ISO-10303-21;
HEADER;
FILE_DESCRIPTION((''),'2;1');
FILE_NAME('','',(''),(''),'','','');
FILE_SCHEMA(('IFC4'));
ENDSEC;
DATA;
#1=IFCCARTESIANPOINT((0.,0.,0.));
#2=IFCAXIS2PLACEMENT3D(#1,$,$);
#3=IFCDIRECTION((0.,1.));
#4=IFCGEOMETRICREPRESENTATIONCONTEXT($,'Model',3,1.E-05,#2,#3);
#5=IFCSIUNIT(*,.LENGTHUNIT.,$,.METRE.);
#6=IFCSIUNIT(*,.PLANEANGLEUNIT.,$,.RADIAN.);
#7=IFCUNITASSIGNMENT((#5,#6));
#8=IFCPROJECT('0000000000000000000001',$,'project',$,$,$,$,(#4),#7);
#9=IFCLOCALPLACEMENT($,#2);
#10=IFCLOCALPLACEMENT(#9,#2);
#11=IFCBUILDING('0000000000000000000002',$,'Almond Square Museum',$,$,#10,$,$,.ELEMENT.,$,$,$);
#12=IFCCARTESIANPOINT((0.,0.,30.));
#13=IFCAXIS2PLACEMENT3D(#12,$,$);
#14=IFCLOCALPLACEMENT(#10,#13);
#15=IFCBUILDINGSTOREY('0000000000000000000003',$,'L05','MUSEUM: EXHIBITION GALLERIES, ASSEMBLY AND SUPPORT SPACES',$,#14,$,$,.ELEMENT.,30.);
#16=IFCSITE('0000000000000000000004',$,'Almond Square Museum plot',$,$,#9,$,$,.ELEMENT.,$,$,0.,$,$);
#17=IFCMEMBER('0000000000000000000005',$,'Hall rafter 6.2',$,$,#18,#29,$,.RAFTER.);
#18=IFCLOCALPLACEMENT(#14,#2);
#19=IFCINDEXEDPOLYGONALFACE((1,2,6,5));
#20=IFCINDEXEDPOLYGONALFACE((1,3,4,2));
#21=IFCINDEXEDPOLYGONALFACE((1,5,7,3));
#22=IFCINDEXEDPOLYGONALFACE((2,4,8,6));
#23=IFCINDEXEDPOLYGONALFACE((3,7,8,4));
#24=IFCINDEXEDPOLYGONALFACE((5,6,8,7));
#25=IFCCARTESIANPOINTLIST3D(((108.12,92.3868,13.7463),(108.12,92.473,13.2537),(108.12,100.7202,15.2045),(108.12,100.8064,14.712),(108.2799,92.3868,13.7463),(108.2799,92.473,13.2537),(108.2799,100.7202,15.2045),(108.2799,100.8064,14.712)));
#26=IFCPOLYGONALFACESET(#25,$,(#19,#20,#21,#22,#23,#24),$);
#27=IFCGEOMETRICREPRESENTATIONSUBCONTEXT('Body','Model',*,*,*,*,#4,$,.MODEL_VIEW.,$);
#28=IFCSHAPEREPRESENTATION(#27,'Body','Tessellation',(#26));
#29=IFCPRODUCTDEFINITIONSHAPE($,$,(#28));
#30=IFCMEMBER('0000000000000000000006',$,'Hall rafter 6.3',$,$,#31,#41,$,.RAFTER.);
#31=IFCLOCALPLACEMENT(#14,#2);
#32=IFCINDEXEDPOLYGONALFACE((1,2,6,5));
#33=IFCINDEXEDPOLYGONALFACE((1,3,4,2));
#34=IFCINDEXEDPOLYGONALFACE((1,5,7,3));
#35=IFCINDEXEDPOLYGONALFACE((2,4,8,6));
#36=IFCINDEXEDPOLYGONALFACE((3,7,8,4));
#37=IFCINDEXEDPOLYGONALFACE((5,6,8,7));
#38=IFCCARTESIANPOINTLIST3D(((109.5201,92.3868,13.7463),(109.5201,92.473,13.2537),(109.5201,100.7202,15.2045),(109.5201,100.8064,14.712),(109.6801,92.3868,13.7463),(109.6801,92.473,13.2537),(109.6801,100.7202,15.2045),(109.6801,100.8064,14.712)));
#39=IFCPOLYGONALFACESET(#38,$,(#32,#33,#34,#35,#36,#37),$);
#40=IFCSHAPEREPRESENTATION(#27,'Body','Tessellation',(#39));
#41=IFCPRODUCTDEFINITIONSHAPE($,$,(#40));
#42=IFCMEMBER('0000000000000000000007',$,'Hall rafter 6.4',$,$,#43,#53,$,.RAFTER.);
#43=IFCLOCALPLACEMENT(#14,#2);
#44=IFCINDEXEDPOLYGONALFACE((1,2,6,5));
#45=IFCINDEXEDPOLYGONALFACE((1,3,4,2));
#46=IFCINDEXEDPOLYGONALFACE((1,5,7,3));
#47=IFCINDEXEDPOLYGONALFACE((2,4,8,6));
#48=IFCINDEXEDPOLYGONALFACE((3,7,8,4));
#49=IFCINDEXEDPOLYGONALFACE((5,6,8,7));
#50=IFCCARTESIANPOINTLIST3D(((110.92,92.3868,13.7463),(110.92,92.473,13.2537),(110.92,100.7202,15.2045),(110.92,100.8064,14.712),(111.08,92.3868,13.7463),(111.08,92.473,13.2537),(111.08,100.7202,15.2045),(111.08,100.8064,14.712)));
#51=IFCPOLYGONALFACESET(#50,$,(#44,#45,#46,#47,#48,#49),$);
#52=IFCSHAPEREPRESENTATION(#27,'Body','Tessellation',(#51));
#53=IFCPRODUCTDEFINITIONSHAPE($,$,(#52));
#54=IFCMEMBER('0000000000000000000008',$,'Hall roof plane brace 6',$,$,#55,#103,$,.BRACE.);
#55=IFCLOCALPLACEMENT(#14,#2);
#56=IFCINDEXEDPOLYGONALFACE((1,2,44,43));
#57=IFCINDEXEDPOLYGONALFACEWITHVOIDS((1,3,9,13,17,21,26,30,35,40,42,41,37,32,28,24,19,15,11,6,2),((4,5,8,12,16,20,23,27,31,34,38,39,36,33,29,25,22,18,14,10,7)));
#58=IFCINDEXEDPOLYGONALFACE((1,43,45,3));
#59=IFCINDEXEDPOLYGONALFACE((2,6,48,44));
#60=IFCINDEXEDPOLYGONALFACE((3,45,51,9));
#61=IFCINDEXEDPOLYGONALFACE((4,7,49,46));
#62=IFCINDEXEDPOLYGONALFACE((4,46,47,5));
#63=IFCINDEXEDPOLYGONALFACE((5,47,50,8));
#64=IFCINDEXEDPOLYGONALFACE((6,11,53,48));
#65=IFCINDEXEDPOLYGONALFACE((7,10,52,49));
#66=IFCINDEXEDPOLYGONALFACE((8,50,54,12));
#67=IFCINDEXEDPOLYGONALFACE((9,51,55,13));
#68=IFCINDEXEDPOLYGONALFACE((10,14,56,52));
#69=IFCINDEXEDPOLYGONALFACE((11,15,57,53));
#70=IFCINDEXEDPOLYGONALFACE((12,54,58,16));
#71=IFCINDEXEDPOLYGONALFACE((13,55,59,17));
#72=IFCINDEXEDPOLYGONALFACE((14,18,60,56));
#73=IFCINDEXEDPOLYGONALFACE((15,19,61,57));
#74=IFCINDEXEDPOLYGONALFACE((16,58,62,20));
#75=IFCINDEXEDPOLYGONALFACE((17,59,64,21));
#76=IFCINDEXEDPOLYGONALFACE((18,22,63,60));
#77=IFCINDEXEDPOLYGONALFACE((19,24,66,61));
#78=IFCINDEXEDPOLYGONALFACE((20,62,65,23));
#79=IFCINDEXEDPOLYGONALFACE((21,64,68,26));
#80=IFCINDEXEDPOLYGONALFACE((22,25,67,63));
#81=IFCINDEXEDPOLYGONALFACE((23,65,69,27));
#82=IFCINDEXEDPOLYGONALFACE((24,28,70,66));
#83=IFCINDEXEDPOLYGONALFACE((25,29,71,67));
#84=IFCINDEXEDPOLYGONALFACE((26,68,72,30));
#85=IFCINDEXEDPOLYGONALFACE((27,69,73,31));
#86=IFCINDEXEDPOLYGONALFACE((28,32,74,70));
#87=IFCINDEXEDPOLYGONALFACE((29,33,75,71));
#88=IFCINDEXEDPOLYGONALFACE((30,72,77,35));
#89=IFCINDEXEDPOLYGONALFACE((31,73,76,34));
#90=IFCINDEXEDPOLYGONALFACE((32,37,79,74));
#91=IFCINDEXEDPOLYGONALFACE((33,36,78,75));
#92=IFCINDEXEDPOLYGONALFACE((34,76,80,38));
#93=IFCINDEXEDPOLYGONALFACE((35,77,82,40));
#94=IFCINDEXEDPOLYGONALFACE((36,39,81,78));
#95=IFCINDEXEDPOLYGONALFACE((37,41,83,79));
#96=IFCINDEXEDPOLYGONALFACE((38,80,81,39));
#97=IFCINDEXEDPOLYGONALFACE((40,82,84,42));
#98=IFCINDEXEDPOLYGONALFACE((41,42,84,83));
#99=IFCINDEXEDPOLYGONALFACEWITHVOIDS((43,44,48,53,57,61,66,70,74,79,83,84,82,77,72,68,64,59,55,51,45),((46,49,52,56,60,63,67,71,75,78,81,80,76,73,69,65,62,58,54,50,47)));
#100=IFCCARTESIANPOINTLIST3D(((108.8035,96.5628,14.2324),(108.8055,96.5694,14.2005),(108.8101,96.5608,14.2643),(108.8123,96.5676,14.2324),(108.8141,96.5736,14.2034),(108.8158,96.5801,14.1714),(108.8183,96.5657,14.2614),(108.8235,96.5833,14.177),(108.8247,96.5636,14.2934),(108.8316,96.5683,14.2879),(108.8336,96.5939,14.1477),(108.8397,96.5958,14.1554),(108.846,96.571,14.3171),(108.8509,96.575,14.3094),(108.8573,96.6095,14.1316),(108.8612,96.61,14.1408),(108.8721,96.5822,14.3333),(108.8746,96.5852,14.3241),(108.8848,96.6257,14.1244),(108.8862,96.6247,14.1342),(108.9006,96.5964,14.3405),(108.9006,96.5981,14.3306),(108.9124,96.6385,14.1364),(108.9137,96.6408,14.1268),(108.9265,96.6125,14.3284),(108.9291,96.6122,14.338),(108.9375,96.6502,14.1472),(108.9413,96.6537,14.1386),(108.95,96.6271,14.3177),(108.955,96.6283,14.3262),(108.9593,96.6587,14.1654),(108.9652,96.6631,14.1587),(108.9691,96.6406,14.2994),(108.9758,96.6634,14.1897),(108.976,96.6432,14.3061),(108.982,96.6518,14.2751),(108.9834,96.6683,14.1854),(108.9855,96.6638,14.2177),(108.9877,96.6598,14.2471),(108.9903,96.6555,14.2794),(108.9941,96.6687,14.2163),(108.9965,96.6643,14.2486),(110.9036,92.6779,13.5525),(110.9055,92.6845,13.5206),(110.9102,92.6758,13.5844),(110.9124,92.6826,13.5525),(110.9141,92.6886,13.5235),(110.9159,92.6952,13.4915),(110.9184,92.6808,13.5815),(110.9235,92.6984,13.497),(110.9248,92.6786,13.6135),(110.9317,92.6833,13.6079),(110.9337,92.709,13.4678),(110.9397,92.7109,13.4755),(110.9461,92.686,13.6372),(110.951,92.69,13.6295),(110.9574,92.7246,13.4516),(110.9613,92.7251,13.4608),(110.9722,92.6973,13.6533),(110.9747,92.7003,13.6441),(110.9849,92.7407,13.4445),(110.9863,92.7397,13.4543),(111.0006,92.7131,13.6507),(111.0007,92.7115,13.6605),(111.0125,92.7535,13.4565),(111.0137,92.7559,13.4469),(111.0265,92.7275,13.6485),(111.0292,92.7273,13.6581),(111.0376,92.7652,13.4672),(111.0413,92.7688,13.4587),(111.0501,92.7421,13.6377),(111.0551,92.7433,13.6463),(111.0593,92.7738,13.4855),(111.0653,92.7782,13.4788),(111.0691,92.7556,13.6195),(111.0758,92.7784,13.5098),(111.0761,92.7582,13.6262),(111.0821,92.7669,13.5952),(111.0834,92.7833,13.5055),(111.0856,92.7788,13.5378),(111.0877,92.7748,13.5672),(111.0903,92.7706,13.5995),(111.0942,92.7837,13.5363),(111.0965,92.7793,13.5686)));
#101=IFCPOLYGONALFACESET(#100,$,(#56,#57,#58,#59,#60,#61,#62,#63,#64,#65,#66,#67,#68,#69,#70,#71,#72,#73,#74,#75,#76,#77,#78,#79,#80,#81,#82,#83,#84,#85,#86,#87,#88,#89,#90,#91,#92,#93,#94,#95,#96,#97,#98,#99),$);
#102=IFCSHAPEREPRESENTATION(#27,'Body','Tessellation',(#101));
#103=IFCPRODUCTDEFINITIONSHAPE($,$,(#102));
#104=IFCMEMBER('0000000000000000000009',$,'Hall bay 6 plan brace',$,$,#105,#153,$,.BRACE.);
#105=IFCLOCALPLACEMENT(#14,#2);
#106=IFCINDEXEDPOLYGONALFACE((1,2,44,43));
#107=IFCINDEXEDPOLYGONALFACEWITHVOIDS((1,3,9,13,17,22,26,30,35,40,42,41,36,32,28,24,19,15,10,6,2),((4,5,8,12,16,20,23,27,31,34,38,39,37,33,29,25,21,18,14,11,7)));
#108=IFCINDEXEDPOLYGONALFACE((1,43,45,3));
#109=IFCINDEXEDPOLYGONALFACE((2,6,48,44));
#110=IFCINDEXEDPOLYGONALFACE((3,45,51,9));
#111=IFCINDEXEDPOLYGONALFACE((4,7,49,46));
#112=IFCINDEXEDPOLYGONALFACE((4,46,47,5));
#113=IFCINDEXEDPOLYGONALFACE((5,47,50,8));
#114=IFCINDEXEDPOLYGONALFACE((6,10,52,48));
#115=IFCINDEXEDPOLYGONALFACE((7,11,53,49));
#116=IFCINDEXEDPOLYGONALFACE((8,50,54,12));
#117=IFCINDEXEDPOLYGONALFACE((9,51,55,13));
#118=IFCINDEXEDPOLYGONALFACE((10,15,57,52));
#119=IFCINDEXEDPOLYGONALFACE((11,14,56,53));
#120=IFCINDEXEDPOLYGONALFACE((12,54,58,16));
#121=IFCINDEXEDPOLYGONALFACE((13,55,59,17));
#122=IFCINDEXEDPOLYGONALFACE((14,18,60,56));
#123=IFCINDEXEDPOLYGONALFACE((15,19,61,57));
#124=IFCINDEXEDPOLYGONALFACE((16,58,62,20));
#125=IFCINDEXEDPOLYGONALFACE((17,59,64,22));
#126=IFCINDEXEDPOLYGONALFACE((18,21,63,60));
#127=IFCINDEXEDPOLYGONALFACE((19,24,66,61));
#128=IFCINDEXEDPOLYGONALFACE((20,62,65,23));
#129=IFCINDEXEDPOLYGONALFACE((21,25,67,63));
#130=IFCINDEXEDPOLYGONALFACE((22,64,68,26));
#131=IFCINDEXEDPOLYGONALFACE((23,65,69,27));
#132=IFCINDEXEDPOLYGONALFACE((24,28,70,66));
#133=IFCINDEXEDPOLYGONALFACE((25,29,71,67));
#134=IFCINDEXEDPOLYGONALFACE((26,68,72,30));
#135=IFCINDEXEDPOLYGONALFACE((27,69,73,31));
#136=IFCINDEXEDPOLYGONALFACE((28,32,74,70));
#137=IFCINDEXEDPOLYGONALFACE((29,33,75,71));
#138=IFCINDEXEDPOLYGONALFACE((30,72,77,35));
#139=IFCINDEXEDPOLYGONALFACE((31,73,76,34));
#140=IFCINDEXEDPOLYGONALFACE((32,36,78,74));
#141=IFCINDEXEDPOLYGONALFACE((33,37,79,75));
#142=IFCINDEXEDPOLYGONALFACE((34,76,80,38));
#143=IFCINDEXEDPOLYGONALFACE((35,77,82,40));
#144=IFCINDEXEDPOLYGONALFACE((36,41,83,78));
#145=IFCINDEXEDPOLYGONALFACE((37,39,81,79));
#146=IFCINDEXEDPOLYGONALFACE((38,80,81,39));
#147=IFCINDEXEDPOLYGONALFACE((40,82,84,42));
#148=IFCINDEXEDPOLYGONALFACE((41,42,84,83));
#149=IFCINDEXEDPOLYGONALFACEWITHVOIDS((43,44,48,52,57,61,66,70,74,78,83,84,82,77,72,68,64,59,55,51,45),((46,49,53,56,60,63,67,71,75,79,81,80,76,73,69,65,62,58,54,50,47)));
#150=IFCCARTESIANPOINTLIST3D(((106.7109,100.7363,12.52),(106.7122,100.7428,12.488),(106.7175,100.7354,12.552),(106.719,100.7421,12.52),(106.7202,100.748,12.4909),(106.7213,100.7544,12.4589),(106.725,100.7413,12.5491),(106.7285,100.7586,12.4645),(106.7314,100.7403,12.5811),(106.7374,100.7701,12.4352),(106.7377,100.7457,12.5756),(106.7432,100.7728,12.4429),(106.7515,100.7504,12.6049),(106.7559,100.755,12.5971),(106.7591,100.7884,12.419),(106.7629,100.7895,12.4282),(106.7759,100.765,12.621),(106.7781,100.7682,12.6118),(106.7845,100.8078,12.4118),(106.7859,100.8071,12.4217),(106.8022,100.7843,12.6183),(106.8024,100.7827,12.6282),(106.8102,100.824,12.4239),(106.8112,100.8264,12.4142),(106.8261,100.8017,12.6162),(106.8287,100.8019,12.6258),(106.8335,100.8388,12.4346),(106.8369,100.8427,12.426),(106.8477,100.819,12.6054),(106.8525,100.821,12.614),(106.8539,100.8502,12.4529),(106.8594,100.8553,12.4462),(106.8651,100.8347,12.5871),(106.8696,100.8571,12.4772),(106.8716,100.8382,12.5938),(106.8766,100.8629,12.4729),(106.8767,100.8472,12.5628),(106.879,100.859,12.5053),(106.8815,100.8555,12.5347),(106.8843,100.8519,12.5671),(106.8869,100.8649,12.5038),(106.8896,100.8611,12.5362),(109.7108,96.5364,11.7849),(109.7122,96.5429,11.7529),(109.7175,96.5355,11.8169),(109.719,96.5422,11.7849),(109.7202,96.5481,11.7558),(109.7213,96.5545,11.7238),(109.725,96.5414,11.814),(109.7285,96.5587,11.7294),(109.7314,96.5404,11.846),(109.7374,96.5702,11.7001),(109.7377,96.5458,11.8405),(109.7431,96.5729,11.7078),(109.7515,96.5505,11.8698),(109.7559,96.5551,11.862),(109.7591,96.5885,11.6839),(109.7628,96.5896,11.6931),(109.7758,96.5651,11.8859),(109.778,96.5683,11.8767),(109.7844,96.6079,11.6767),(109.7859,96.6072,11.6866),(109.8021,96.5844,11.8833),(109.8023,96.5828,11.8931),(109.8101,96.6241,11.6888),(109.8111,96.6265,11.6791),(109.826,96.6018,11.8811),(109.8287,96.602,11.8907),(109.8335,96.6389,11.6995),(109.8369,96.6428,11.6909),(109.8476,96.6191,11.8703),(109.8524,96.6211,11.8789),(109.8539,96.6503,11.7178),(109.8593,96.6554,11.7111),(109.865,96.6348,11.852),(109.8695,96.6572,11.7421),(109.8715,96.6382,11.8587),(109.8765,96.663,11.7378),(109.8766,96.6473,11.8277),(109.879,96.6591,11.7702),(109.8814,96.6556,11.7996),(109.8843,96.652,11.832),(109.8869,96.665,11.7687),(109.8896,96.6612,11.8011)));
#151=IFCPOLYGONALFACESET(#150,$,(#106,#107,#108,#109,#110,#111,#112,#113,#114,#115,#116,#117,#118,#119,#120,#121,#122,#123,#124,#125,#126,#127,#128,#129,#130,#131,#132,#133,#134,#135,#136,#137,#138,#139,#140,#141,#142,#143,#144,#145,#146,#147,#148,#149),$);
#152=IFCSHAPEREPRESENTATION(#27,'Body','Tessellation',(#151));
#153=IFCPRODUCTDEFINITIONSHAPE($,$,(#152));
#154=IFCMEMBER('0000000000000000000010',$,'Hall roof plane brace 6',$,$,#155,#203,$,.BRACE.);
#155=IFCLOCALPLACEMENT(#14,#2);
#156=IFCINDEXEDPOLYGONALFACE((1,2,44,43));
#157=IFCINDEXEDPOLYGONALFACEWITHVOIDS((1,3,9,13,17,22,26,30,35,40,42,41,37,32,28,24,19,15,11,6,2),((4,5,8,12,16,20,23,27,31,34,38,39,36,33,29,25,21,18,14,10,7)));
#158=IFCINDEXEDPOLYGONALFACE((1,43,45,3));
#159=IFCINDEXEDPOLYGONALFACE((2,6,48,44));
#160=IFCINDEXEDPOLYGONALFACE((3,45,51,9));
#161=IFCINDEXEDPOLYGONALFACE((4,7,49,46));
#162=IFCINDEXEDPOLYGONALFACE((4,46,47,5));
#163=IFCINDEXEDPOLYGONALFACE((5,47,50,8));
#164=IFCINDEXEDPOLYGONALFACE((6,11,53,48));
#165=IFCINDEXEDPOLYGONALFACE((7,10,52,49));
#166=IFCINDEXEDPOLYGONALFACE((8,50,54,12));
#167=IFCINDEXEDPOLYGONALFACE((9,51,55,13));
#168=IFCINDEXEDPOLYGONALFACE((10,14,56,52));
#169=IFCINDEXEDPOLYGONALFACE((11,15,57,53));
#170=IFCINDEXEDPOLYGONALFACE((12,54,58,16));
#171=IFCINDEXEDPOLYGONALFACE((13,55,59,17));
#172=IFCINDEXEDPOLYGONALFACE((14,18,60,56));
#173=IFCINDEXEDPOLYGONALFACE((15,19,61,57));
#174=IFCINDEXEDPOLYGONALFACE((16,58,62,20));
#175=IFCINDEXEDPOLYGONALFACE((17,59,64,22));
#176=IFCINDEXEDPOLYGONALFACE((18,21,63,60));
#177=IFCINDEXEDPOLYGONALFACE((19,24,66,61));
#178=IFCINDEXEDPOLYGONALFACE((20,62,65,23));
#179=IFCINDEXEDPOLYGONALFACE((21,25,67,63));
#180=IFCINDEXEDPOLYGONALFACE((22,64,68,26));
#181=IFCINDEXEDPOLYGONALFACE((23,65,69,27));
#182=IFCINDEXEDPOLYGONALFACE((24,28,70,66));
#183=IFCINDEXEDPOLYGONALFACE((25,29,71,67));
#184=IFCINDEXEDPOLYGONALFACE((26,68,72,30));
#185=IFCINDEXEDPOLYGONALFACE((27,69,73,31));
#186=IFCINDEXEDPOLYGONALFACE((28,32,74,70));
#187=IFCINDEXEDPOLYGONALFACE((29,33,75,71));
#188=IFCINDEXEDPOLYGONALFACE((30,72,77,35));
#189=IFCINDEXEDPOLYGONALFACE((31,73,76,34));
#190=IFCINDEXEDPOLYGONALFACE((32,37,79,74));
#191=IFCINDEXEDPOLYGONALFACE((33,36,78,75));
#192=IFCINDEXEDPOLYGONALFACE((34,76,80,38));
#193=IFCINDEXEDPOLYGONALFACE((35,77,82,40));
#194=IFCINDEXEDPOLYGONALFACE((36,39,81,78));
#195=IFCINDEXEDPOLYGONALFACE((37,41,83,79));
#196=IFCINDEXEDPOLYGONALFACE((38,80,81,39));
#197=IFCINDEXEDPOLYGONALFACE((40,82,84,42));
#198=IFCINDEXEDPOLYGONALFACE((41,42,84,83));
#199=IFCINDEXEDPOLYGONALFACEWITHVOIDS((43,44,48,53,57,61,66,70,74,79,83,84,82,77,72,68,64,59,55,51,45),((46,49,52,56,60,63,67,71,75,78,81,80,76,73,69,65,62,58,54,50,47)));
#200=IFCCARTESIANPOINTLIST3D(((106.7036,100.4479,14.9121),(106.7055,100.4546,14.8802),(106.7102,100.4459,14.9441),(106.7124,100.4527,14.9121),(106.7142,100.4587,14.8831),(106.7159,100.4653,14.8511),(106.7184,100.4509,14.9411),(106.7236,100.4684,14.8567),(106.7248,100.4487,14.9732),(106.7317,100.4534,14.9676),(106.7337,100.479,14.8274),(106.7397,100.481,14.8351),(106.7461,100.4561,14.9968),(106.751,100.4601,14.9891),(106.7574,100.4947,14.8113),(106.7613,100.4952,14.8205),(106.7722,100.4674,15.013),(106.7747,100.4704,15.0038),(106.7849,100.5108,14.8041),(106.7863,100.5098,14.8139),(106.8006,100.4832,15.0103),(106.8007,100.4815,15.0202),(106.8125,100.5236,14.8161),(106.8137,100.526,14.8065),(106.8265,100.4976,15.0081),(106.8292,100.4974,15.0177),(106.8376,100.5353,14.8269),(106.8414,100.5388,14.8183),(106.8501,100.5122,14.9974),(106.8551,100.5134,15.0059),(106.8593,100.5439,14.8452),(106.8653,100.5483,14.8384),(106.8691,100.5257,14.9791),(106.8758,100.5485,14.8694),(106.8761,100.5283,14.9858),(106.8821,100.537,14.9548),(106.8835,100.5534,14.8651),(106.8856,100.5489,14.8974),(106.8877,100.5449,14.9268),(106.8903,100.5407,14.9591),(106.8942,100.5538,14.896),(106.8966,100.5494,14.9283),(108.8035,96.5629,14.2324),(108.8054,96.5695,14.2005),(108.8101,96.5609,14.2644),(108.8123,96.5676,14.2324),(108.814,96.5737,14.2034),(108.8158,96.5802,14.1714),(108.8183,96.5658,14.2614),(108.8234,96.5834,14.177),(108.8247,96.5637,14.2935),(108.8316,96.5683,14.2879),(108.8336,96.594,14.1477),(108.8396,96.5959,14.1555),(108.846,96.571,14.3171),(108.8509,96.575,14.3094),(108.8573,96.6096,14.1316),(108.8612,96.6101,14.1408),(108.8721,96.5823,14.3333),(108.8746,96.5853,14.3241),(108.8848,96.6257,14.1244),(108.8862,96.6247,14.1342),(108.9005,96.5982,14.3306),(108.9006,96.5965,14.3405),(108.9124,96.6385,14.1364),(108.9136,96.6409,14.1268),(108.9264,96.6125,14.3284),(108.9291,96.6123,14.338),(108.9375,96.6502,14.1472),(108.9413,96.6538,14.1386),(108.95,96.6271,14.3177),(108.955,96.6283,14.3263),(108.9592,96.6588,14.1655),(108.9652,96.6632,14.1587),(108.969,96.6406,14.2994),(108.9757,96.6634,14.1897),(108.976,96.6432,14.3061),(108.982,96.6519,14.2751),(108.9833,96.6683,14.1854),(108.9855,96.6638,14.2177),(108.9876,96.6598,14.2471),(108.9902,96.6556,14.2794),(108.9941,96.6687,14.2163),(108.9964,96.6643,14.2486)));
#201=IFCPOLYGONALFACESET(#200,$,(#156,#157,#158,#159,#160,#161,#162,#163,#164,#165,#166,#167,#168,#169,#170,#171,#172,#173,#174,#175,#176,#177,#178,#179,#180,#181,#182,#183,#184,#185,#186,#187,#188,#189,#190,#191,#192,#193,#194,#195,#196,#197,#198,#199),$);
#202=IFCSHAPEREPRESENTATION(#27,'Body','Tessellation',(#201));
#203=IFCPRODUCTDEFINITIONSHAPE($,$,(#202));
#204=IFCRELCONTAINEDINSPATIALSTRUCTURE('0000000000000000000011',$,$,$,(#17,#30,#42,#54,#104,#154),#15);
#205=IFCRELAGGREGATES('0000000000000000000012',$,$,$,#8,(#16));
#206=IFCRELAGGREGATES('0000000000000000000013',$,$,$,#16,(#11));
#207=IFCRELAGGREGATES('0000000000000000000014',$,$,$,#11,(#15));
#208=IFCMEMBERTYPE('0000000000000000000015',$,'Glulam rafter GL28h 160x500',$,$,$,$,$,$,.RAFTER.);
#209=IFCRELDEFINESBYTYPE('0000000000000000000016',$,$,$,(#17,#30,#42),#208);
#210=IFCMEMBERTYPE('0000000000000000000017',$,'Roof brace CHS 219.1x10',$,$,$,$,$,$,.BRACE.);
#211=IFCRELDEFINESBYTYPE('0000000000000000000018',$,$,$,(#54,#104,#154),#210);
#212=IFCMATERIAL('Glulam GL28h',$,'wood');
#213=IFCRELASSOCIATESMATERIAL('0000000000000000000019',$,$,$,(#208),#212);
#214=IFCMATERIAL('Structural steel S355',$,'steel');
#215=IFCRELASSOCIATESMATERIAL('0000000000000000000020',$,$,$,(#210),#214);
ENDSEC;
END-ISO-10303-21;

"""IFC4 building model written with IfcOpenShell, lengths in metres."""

from ifc_helpers import new_model, si_unit, direction, frame, origin, origin_2d, place, context, subcontext, project, spatial, rectangle, hollow_circle, extrude, material, material_profile, profile_set, type_object, element, save


model = new_model("IFC4")

# Units and contexts
model_context = context("Model", 3, precision=1e-05, world=origin(), true_north=direction((0.0, 1.0)))
body_context = subcontext(model_context, "Body", "Model", "MODEL_VIEW")
ifc_project = project(units=[si_unit("LENGTHUNIT", "METRE"), si_unit("PLANEANGLEUNIT", "RADIAN")], contexts=[model_context])

# Site, building, storey
site_placement = place(None, origin())
site = spatial("IfcSite", under=ifc_project, at=site_placement, Name="Almond Square Museum plot", CompositionType="ELEMENT", RefElevation=0.0)
building_placement = place(site_placement, origin())
building = spatial("IfcBuilding", under=site, at=building_placement, Name="Almond Square Museum", CompositionType="ELEMENT")
storey_placement = place(building_placement, frame((0.0, 0.0, 30.0)))
storey = spatial("IfcBuildingStorey", under=building, at=storey_placement, Name="L05", Description="MUSEUM: EXHIBITION GALLERIES, ASSEMBLY AND SUPPORT SPACES", CompositionType="ELEMENT", Elevation=30.0)

# Members
ifc_material_1 = material(Name="Glulam GL28h", Category="wood")
ifc_material_profile_1 = material_profile(ifc_material_1, rectangle(XDim=0.1599, YDim=0.5, at=origin_2d()))
ifc_profile_set_1 = profile_set([ifc_material_profile_1], Name="Glulam GL28h")
member_type_1 = type_object("IfcMemberType", Name="Glulam rafter GL28h 160x500", PredefinedType="RAFTER", material=ifc_profile_set_1)
for number, where, z_axis, x_axis, name in (
    (1, (108.2, 92.4299, 13.5), (0.0, 0.985032, 0.172373), (-1.0, 0.0, 0.0), "Hall rafter 6.2"),
    (2, (109.6001, 92.4299, 13.5), (0.0, 0.985032, 0.172373), (-1.0, 0.0, 0.0), "Hall rafter 6.3"),
    (3, (111.0, 92.4299, 13.5), (0.0, 0.985032, 0.172373), (-1.0, 0.0, 0.0), "Hall rafter 6.4"),
):
    element("IfcMember", number, at=place(storey_placement, frame(where, z_axis=z_axis, x_axis=x_axis)), inside=storey, type_object=member_type_1, Name=name, PredefinedType="RAFTER", context=body_context, shape_type="SweptSolid", body=[
        extrude(rectangle(XDim=0.1599, YDim=0.5, at=origin_2d()), origin(), (0.0, 0.0, 1.0), 8.46),
    ])
ifc_material_2 = material(Name="Structural steel S355", Category="steel")
ifc_material_profile_2 = material_profile(ifc_material_2, hollow_circle(Radius=0.1096, WallThickness=0.01, at=origin_2d()))
ifc_profile_set_2 = profile_set([ifc_material_profile_2], Name="Structural steel S355")
member_type_2 = type_object("IfcMemberType", Name="Roof brace CHS 219.1x10", PredefinedType="BRACE", material=ifc_profile_set_2)
member_1_placement = place(storey_placement, frame((111.0, 92.73, 13.5525), z_axis=(-0.469996, 0.869454, 0.152167), x_axis=(-0.879698, -0.475533, 0.0)))
element("IfcMember", 4, at=member_1_placement, inside=storey, type_object=member_type_2, Name="Hall roof plane brace 6", PredefinedType="BRACE", context=body_context, shape_type="SweptSolid", body=[
    extrude(hollow_circle(Radius=0.1096, WallThickness=0.01, at=origin_2d()), origin(), (0.0, 0.0, 1.0), 4.4683),
])
member_2_placement = place(storey_placement, frame((109.8, 96.6001, 11.7849), z_axis=(-0.575436, 0.805601, 0.141002), x_axis=(-0.81373, -0.581243, 0.0)))
element("IfcMember", 5, at=member_2_placement, inside=storey, type_object=member_type_2, Name="Hall bay 6 plan brace", PredefinedType="BRACE", context=body_context, shape_type="SweptSolid", body=[
    extrude(hollow_circle(Radius=0.1096, WallThickness=0.01, at=origin_2d()), origin(), (0.0, 0.0, 1.0), 5.2134),
])
member_3_placement = place(storey_placement, frame((108.8999, 96.615, 14.2324), z_axis=(-0.469957, 0.869483, 0.152117), x_axis=(-0.879721, -0.47549, 0.0)))
element("IfcMember", 6, at=member_3_placement, inside=storey, type_object=member_type_2, Name="Hall roof plane brace 6", PredefinedType="BRACE", context=body_context, shape_type="SweptSolid", body=[
    extrude(hollow_circle(Radius=0.1096, WallThickness=0.01, at=origin_2d()), origin(), (0.0, 0.0, 1.0), 4.4683),
])

save(model, "model.ifc")
